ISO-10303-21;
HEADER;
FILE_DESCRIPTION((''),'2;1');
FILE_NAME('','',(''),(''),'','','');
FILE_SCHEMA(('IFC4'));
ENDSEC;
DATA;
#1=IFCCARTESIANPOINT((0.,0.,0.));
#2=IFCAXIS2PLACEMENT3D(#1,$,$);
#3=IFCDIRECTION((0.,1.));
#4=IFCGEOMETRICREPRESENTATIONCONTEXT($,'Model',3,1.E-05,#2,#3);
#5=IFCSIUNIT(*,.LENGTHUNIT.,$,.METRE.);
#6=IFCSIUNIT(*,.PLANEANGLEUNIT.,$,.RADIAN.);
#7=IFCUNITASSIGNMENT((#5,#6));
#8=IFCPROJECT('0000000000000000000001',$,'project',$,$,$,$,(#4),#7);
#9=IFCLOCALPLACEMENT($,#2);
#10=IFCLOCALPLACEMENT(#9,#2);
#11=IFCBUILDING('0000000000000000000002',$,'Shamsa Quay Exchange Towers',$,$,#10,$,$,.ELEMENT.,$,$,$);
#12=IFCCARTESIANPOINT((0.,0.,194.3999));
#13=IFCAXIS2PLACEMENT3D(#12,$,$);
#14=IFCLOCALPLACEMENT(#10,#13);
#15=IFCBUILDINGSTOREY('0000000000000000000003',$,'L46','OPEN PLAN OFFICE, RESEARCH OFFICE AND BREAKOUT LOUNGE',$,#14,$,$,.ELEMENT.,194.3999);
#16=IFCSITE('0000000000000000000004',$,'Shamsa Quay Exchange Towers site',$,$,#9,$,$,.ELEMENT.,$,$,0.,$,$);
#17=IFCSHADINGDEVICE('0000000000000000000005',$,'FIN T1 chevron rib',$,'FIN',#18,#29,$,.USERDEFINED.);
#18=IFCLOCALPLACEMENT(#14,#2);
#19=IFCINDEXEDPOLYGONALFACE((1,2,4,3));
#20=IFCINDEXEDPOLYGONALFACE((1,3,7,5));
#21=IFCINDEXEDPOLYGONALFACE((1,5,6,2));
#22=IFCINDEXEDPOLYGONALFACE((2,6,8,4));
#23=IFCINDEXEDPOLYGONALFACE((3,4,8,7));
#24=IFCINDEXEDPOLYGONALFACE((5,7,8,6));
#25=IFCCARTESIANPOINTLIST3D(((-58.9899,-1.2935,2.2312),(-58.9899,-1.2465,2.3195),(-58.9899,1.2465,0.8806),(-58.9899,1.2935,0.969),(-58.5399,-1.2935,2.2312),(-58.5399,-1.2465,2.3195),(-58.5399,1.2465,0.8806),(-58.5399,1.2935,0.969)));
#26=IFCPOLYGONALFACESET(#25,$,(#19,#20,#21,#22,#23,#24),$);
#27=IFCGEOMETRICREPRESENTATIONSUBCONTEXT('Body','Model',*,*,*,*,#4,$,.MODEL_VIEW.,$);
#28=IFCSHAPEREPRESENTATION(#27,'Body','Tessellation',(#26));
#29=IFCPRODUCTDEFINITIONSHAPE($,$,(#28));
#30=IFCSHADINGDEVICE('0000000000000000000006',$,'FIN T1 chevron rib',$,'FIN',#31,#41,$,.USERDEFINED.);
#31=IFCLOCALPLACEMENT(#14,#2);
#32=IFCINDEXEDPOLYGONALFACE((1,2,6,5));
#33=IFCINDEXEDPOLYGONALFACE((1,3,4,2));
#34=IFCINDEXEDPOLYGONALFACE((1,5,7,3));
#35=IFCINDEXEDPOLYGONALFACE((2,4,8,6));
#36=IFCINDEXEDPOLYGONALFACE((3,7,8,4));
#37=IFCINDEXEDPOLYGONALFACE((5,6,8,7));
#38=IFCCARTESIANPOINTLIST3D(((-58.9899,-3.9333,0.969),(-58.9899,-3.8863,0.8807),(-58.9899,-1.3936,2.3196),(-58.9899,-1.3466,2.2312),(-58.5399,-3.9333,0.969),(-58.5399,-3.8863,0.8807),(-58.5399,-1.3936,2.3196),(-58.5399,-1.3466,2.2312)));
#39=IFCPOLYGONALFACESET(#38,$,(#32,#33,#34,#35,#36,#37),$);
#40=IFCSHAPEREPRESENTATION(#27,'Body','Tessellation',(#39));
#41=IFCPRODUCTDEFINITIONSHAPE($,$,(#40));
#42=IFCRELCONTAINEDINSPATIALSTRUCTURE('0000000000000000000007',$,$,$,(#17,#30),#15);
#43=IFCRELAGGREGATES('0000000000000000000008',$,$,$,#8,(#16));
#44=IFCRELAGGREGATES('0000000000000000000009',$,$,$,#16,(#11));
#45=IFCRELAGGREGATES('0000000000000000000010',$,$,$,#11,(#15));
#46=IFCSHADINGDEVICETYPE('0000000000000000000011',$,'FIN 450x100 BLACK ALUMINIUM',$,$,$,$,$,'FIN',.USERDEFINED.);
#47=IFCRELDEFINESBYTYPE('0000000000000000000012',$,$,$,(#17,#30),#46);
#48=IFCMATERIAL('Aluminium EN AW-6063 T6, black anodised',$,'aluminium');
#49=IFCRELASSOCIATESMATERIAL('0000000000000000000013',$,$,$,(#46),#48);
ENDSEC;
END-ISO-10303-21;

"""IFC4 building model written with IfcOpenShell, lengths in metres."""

from ifc_helpers import new_model, si_unit, direction, frame, origin, origin_2d, place, context, subcontext, project, spatial, rectangle, extrude, material, material_profile, profile_set, type_object, element, save


model = new_model("IFC4")

# Units and contexts
model_context = context("Model", 3, precision=1e-05, world=origin(), true_north=direction((0.0, 1.0)))
body_context = subcontext(model_context, "Body", "Model", "MODEL_VIEW")
ifc_project = project(units=[si_unit("LENGTHUNIT", "METRE"), si_unit("PLANEANGLEUNIT", "RADIAN")], contexts=[model_context])

# Site, building, storey
site_placement = place(None, origin())
site = spatial("IfcSite", under=ifc_project, at=site_placement, Name="Shamsa Quay Exchange Towers site", CompositionType="ELEMENT", RefElevation=0.0)
building_placement = place(site_placement, origin())
building = spatial("IfcBuilding", under=site, at=building_placement, Name="Shamsa Quay Exchange Towers", CompositionType="ELEMENT")
storey_placement = place(building_placement, frame((0.0, 0.0, 194.3999)))
storey = spatial("IfcBuildingStorey", under=building, at=storey_placement, Name="L46", Description="OPEN PLAN OFFICE, RESEARCH OFFICE AND BREAKOUT LOUNGE", CompositionType="ELEMENT", Elevation=194.3999)

# Shared definitions
ifc_material_1 = material(Name="Aluminium EN AW-6063 T6, black anodised", Category="aluminium")

# Shading devices
ifc_material_profile_1 = material_profile(ifc_material_1, rectangle(XDim=0.45, YDim=0.1001, at=origin_2d()), Name="FIN450x100")
ifc_profile_set_1 = profile_set([ifc_material_profile_1], Name="Aluminium EN AW-6063 T6, black anodised")
shading_device_type = type_object("IfcShadingDeviceType", Name="FIN 450x100 BLACK ALUMINIUM", ElementType="FIN", PredefinedType="USERDEFINED", material=ifc_profile_set_1)
shading_device_1_placement = place(storey_placement, frame((-58.7649, 1.27, 0.9248), z_axis=(0.0, -0.882944, 0.469478), x_axis=(1.0, 0.0, 0.0)))
element("IfcShadingDevice", 1, at=shading_device_1_placement, inside=storey, type_object=shading_device_type, Name="FIN T1 chevron rib", ObjectType="FIN", PredefinedType="USERDEFINED", context=body_context, shape_type="SweptSolid", body=[
    extrude(rectangle(XDim=0.45, YDim=0.1001, at=origin_2d()), origin(), (0.0, 0.0, 1.0), 2.8767),
])
shading_device_2_placement = place(storey_placement, frame((-58.7649, -1.3701, 2.2754), z_axis=(0.0, -0.882926, -0.469513), x_axis=(1.0, 0.0, 0.0)))
element("IfcShadingDevice", 2, at=shading_device_2_placement, inside=storey, type_object=shading_device_type, Name="FIN T1 chevron rib", ObjectType="FIN", PredefinedType="USERDEFINED", context=body_context, shape_type="SweptSolid", body=[
    extrude(rectangle(XDim=0.45, YDim=0.1001, at=origin_2d()), origin(), (0.0, 0.0, 1.0), 2.8765),
])

save(model, "model.ifc")
